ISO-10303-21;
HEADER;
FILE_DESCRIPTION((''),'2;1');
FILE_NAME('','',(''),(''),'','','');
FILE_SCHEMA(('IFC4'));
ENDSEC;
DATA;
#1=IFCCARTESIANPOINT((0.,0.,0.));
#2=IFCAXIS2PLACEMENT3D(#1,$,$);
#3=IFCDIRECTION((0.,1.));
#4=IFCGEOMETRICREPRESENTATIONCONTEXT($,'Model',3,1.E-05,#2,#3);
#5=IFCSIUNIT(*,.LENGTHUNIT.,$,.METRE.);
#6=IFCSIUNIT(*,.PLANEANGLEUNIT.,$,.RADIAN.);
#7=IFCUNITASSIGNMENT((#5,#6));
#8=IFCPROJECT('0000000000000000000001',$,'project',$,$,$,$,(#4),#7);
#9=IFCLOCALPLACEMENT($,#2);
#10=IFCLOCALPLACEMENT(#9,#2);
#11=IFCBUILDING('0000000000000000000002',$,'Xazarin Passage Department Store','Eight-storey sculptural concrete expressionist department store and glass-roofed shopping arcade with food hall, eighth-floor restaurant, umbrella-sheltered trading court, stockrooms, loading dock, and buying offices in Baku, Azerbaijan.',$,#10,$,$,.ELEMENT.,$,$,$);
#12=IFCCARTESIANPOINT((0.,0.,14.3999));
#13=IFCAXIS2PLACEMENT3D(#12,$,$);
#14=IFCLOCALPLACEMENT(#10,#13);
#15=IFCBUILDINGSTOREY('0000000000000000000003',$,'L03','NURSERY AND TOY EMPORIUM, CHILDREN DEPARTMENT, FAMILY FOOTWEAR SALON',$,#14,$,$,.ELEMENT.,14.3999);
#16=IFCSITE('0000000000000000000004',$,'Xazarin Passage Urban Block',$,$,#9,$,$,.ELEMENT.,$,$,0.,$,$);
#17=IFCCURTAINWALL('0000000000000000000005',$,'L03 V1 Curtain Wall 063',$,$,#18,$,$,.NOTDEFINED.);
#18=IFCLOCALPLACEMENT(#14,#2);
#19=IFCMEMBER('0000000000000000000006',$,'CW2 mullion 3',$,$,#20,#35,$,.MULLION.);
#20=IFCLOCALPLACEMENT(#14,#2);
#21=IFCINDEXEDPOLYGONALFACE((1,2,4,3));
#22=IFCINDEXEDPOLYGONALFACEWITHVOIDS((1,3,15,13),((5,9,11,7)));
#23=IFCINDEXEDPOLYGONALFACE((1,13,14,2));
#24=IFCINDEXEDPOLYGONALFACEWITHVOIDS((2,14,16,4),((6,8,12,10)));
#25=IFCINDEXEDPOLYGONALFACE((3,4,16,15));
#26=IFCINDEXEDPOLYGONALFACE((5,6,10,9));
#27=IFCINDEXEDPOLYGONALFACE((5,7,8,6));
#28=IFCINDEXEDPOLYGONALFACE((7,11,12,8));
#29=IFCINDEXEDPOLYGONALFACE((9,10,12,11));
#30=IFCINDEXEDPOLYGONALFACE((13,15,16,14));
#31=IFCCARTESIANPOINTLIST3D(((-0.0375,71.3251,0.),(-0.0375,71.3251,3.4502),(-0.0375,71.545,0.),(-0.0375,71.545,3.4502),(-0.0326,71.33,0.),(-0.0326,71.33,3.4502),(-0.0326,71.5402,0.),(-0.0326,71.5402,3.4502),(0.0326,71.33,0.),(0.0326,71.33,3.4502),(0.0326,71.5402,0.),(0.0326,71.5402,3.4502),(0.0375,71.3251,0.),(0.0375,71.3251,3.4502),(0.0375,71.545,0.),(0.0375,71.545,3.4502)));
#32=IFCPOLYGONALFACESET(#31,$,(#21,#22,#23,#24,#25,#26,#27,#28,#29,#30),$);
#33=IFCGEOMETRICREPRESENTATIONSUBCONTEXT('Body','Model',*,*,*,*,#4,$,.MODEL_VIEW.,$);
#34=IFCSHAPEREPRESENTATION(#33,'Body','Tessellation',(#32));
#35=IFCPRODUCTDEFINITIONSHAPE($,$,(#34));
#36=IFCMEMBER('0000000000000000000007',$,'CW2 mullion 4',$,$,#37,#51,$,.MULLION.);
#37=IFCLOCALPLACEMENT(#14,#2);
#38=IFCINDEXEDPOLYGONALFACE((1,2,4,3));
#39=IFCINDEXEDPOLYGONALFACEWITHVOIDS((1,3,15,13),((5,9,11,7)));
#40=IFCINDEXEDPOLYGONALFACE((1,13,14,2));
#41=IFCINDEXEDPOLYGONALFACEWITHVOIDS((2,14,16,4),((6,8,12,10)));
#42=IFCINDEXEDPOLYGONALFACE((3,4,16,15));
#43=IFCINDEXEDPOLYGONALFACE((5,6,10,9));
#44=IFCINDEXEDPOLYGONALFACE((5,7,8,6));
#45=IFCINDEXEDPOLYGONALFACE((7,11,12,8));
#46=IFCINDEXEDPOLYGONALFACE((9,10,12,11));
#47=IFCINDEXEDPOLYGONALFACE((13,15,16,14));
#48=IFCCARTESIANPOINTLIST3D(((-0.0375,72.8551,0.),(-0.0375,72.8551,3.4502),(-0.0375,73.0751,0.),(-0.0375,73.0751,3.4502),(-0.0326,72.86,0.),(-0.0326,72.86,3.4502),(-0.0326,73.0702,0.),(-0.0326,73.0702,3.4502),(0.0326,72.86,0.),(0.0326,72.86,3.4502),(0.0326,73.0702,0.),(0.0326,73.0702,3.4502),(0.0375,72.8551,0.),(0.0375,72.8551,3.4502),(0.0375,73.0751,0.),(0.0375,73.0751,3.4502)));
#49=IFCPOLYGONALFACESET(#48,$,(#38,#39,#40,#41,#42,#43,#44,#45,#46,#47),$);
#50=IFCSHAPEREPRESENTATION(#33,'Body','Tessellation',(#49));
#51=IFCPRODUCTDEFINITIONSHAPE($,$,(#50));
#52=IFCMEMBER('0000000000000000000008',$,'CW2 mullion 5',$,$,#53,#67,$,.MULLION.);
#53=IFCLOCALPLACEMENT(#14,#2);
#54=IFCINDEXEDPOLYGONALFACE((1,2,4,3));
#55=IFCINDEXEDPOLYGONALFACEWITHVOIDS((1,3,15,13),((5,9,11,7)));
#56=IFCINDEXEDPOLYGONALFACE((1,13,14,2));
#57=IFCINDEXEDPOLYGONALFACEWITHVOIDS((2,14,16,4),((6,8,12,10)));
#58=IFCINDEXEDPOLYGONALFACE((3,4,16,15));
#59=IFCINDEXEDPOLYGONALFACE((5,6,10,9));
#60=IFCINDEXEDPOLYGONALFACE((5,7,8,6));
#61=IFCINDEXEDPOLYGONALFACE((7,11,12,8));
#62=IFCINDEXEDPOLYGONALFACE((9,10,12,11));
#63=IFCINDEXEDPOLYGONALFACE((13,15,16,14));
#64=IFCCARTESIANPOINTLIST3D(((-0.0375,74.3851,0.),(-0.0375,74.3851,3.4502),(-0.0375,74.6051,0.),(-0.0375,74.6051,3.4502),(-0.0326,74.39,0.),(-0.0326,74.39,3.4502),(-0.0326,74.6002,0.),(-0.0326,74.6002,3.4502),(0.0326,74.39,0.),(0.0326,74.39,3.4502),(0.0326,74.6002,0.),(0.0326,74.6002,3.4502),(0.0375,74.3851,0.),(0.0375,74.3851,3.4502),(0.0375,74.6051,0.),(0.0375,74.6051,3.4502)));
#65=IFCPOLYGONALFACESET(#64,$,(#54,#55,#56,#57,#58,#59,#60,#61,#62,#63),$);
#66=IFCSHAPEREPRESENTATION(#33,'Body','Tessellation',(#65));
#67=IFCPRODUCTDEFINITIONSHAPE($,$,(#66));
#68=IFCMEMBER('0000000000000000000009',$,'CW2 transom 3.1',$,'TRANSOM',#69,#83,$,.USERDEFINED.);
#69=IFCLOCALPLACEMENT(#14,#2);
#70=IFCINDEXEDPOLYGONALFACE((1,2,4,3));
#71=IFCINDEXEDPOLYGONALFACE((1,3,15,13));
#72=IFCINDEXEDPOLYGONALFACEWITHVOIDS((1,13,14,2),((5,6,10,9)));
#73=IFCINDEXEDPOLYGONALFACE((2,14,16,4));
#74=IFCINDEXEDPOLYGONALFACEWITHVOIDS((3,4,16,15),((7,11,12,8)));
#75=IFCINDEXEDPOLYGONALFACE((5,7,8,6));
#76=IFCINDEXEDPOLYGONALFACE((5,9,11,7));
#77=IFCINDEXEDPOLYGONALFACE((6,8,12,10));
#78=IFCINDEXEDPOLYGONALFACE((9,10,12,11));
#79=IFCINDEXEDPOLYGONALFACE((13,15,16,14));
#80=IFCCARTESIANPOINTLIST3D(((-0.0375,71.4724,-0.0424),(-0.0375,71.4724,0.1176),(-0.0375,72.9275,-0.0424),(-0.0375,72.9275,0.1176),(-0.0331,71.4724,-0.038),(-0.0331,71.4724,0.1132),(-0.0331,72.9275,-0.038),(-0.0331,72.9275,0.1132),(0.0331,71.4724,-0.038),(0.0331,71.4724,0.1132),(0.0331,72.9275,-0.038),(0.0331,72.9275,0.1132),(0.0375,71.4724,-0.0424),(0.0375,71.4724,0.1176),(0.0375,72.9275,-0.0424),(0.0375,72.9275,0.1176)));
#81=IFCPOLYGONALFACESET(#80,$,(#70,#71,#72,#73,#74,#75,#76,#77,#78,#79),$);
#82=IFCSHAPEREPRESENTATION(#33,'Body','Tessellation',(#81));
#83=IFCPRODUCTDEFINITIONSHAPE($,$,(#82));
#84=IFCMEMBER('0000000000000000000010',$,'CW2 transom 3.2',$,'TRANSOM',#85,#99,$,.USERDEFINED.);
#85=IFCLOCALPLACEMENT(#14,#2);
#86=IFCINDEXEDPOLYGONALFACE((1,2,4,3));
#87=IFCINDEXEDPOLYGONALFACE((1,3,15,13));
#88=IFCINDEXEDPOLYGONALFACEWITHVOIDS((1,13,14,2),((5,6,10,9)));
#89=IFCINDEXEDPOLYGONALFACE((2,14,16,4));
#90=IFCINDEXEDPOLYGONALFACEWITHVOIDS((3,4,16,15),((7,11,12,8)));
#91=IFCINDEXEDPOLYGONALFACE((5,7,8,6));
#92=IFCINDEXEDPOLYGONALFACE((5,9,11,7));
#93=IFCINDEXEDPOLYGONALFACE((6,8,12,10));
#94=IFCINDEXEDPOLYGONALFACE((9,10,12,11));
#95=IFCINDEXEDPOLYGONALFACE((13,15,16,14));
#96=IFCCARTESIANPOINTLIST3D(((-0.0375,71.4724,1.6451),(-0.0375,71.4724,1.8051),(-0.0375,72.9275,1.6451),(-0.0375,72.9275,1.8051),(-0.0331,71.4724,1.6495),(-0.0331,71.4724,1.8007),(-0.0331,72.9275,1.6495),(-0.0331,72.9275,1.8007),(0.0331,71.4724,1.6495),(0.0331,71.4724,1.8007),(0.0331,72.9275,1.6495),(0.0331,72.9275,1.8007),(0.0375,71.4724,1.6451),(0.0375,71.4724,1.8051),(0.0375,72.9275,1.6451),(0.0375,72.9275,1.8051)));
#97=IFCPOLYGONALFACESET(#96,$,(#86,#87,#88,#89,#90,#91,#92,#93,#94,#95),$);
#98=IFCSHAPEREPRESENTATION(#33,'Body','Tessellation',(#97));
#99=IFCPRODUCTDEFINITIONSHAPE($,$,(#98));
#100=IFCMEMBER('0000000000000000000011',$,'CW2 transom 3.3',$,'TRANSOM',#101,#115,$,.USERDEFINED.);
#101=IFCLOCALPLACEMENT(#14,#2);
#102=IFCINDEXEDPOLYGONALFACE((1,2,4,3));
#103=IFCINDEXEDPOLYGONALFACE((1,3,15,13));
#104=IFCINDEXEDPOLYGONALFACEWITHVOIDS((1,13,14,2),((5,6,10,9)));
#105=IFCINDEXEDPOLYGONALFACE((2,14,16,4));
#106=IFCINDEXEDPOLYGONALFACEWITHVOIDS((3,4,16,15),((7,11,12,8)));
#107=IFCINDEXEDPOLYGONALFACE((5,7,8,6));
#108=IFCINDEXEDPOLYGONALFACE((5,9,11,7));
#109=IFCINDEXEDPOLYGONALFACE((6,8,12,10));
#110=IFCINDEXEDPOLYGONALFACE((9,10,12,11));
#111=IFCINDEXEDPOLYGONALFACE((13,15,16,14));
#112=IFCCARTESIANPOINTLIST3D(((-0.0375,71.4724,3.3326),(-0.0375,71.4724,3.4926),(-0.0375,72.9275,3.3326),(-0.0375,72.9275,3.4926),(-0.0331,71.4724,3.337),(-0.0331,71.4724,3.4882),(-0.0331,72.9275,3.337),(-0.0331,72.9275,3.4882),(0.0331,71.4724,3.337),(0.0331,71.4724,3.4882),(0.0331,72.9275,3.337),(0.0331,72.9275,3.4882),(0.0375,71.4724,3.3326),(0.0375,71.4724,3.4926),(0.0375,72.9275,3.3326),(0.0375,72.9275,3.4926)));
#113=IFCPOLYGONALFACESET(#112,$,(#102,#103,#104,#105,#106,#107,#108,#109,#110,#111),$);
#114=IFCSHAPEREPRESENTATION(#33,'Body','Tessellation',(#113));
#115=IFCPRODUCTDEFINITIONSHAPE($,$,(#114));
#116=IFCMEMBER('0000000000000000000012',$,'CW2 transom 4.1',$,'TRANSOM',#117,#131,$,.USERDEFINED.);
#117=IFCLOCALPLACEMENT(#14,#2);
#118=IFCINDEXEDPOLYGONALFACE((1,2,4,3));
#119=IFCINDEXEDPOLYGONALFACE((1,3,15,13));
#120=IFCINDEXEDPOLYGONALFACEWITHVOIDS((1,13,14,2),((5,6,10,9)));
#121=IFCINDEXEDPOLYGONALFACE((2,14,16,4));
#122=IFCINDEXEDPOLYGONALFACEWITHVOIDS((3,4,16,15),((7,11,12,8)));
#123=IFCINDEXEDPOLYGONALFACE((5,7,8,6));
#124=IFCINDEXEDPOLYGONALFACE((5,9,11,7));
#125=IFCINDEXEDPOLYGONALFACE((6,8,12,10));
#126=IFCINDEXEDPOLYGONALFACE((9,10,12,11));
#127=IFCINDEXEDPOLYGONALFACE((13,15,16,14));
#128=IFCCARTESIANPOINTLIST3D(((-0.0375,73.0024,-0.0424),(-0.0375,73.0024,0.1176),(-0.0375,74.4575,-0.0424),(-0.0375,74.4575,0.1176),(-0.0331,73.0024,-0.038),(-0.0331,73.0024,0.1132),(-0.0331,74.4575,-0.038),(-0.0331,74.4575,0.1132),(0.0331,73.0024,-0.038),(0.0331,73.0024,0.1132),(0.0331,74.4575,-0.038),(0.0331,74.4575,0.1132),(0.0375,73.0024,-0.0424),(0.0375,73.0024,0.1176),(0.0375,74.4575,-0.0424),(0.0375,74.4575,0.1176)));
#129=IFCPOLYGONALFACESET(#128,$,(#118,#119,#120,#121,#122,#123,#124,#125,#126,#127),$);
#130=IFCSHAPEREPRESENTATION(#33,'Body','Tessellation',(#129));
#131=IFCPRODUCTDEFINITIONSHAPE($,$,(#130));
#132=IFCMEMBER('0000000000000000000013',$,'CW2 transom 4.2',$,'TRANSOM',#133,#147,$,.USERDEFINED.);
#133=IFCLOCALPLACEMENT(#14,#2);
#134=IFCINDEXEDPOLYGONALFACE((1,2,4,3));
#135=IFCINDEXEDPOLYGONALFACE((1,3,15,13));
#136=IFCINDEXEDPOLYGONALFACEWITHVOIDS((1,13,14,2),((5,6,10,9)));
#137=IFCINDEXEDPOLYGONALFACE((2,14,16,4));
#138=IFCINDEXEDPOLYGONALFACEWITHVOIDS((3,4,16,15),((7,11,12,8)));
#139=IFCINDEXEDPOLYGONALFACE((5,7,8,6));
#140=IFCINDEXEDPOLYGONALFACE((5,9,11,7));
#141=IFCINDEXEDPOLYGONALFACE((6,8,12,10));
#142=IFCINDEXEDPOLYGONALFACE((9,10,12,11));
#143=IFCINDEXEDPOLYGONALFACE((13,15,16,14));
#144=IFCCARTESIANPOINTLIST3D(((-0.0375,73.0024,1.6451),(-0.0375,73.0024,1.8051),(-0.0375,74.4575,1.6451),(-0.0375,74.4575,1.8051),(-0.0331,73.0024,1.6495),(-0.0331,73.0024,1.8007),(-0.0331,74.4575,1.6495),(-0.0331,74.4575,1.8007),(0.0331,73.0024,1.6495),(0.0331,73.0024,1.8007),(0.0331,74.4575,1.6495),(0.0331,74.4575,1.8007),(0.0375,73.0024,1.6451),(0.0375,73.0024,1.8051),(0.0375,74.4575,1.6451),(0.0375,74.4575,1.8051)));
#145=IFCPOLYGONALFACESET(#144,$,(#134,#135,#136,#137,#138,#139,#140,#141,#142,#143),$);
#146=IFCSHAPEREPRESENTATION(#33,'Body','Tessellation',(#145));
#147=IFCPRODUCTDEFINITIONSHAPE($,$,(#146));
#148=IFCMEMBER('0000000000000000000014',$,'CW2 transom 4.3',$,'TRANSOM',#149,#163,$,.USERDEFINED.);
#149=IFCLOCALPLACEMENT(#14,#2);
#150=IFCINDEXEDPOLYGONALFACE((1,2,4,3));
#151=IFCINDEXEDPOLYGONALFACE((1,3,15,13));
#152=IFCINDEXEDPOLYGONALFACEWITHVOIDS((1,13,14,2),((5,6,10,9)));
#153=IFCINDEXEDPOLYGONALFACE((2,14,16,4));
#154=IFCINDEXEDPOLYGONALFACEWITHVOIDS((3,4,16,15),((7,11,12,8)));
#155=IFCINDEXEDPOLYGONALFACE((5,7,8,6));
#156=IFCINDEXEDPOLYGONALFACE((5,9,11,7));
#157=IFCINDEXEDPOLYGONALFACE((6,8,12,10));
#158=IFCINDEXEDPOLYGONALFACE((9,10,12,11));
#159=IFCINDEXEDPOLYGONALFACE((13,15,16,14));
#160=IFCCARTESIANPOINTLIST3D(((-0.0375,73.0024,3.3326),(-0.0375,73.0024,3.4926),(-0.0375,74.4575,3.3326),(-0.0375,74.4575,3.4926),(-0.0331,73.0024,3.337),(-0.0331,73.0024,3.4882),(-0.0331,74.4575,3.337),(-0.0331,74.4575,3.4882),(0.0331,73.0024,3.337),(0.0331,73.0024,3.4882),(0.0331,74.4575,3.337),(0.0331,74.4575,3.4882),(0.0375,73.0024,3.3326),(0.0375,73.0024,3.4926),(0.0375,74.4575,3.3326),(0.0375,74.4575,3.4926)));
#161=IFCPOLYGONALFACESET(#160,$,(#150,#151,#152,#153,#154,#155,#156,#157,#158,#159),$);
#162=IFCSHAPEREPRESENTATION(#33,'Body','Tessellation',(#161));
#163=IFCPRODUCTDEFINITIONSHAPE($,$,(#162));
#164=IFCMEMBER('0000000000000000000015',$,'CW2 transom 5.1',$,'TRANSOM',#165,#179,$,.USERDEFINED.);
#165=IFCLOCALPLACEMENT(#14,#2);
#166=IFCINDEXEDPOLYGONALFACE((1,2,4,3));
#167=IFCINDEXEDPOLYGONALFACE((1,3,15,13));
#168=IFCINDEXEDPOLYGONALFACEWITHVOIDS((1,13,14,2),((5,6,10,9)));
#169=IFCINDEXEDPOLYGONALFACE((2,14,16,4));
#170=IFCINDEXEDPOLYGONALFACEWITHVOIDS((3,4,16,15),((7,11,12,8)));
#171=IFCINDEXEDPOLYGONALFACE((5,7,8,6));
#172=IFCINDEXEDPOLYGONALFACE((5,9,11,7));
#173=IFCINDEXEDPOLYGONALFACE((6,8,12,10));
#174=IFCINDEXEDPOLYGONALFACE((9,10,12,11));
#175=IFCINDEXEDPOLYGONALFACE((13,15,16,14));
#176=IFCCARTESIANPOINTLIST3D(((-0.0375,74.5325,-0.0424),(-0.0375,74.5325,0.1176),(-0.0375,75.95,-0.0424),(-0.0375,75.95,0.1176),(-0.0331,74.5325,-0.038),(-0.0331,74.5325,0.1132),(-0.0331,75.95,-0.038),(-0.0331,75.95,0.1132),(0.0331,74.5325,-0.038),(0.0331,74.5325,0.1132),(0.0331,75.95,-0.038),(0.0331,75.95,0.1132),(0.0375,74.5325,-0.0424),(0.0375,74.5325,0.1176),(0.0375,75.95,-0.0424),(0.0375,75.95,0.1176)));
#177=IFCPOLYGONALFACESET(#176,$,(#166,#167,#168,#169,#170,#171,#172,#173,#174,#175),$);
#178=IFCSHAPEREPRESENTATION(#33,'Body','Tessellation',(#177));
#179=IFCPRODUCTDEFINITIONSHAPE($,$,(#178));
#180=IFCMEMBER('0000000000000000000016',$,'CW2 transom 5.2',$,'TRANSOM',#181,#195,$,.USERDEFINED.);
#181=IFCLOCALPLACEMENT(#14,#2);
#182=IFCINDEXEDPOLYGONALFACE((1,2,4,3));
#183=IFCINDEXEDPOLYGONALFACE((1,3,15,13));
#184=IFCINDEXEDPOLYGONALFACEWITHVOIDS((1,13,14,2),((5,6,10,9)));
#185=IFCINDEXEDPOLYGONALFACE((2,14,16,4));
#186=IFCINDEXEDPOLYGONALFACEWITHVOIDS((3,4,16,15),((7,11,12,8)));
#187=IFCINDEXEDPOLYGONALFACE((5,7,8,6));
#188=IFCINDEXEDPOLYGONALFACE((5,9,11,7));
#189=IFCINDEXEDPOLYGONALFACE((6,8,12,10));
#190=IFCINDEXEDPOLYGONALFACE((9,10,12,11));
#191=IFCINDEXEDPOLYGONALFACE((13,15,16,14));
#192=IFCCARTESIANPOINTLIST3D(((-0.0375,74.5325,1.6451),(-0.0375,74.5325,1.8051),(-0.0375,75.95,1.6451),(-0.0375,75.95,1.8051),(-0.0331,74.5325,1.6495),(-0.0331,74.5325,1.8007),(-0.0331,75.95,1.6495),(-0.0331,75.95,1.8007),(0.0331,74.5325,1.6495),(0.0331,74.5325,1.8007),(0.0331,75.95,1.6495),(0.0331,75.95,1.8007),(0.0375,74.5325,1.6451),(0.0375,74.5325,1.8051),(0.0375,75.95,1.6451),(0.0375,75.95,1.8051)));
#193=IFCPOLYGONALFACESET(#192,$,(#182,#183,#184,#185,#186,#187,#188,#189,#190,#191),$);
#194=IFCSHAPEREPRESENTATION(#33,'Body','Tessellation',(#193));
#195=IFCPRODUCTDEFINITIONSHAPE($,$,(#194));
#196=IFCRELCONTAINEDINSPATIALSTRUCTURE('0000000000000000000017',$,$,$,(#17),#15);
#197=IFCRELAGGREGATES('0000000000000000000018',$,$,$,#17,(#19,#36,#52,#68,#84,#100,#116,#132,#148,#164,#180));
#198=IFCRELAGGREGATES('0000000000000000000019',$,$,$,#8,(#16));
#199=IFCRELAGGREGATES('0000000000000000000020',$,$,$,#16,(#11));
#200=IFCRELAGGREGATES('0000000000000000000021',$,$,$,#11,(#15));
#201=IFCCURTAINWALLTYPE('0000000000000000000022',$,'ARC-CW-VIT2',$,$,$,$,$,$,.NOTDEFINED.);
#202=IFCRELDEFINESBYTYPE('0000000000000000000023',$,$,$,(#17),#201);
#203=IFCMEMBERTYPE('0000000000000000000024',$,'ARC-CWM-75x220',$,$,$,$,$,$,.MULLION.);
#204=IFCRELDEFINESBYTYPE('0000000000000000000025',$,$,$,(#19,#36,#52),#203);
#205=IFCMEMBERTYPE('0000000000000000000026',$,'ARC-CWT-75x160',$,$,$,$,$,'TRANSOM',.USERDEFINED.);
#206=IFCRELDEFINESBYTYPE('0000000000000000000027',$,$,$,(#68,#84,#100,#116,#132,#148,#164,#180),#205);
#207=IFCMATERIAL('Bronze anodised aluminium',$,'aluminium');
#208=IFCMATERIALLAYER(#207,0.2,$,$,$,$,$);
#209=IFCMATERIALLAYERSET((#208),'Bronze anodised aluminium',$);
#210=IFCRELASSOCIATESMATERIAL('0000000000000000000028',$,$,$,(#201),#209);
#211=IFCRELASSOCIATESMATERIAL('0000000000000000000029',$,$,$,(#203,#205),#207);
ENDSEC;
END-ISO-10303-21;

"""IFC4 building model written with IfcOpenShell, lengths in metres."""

from ifc_helpers import new_model, si_unit, direction, frame, origin, origin_2d, place, context, subcontext, project, spatial, hollow_rectangle, extrude, material, layer, layer_set, material_profile, profile_set, type_object, element, aggregate, save


model = new_model("IFC4")

# Units and contexts
model_context = context("Model", 3, precision=1e-05, world=origin(), true_north=direction((0.0, 1.0)))
body_context = subcontext(model_context, "Body", "Model", "MODEL_VIEW")
ifc_project = project(units=[si_unit("LENGTHUNIT", "METRE"), si_unit("PLANEANGLEUNIT", "RADIAN")], contexts=[model_context])

# Site, building, storey
site_placement = place(None, origin())
site = spatial("IfcSite", under=ifc_project, at=site_placement, Name="Xazarin Passage Urban Block", CompositionType="ELEMENT", RefElevation=0.0)
building_placement = place(site_placement, origin())
building = spatial("IfcBuilding", under=site, at=building_placement, Name="Xazarin Passage Department Store", Description="Eight-storey sculptural concrete expressionist department store and glass-roofed shopping arcade with food hall, eighth-floor restaurant, umbrella-sheltered trading court, stockrooms, loading dock, and buying offices in Baku, Azerbaijan.", CompositionType="ELEMENT")
storey_placement = place(building_placement, frame((0.0, 0.0, 14.3999)))
storey = spatial("IfcBuildingStorey", under=building, at=storey_placement, Name="L03", Description="NURSERY AND TOY EMPORIUM, CHILDREN DEPARTMENT, FAMILY FOOTWEAR SALON", CompositionType="ELEMENT", Elevation=14.3999)

# Curtain wall, members
ifc_material_1 = material(Name="Bronze anodised aluminium", Category="aluminium")
ifc_layer_1 = layer(ifc_material_1, 0.2)
ifc_layer_set_1 = layer_set([ifc_layer_1], Name="Bronze anodised aluminium")
curtain_wall_type = type_object("IfcCurtainWallType", Name="ARC-CW-VIT2", PredefinedType="NOTDEFINED", material=ifc_layer_set_1)
curtain_wall_placement = place(storey_placement, origin())
curtain_wall = element("IfcCurtainWall", 1, at=curtain_wall_placement, inside=storey, type_object=curtain_wall_type, Name="L03 V1 Curtain Wall 063", PredefinedType="NOTDEFINED")
ifc_material_profile_1 = material_profile(ifc_material_1, hollow_rectangle(XDim=0.075, YDim=0.22, WallThickness=0.0049, at=origin_2d()), Name="ALU 75x220")
ifc_profile_set_1 = profile_set([ifc_material_profile_1], Name="Bronze anodised aluminium")
member_type_1 = type_object("IfcMemberType", Name="ARC-CWM-75x220", PredefinedType="MULLION", material=ifc_profile_set_1)
member_1_placement = place(storey_placement, frame((0.0, 71.4351, 0.0), z_axis=(0.0, 0.0, 1.0), x_axis=(-1.0, 0.0, 0.0)))
member_1 = element("IfcMember", 2, at=member_1_placement, type_object=member_type_1, Name="CW2 mullion 3", PredefinedType="MULLION", context=body_context, shape_type="SweptSolid", body=[
    extrude(hollow_rectangle(XDim=0.075, YDim=0.22, WallThickness=0.0049, at=origin_2d()), origin(), (0.0, 0.0, 1.0), 3.4502),
])
member_2_placement = place(storey_placement, frame((0.0, 72.9651, 0.0), z_axis=(0.0, 0.0, 1.0), x_axis=(-1.0, 0.0, 0.0)))
member_2 = element("IfcMember", 3, at=member_2_placement, type_object=member_type_1, Name="CW2 mullion 4", PredefinedType="MULLION", context=body_context, shape_type="SweptSolid", body=[
    extrude(hollow_rectangle(XDim=0.075, YDim=0.22, WallThickness=0.0049, at=origin_2d()), origin(), (0.0, 0.0, 1.0), 3.4502),
])
member_3_placement = place(storey_placement, frame((0.0, 74.4951, 0.0), z_axis=(0.0, 0.0, 1.0), x_axis=(-1.0, 0.0, 0.0)))
member_3 = element("IfcMember", 4, at=member_3_placement, type_object=member_type_1, Name="CW2 mullion 5", PredefinedType="MULLION", context=body_context, shape_type="SweptSolid", body=[
    extrude(hollow_rectangle(XDim=0.075, YDim=0.22, WallThickness=0.0049, at=origin_2d()), origin(), (0.0, 0.0, 1.0), 3.4502),
])
ifc_material_profile_2 = material_profile(ifc_material_1, hollow_rectangle(XDim=0.075, YDim=0.1599, WallThickness=0.0044, at=origin_2d()), Name="ALU 75x160")
ifc_profile_set_2 = profile_set([ifc_material_profile_2], Name="Bronze anodised aluminium")
member_type_2 = type_object("IfcMemberType", Name="ARC-CWT-75x160", ElementType="TRANSOM", PredefinedType="USERDEFINED", material=ifc_profile_set_2)
member_4_placement = place(storey_placement, frame((0.0, 71.4724, 0.0376), z_axis=(0.0, 1.0, 0.0), x_axis=(-1.0, 0.0, 0.0)))
member_4 = element("IfcMember", 5, at=member_4_placement, type_object=member_type_2, Name="CW2 transom 3.1", ObjectType="TRANSOM", PredefinedType="USERDEFINED", context=body_context, shape_type="SweptSolid", body=[
    extrude(hollow_rectangle(XDim=0.075, YDim=0.1599, WallThickness=0.0044, at=origin_2d()), origin(), (0.0, 0.0, 1.0), 1.4551),
])
member_5_placement = place(storey_placement, frame((0.0, 71.4724, 1.7251), z_axis=(0.0, 1.0, 0.0), x_axis=(-1.0, 0.0, 0.0)))
member_5 = element("IfcMember", 6, at=member_5_placement, type_object=member_type_2, Name="CW2 transom 3.2", ObjectType="TRANSOM", PredefinedType="USERDEFINED", context=body_context, shape_type="SweptSolid", body=[
    extrude(hollow_rectangle(XDim=0.075, YDim=0.1599, WallThickness=0.0044, at=origin_2d()), origin(), (0.0, 0.0, 1.0), 1.4551),
])
member_6_placement = place(storey_placement, frame((0.0, 71.4724, 3.4126), z_axis=(0.0, 1.0, 0.0), x_axis=(-1.0, 0.0, 0.0)))
member_6 = element("IfcMember", 7, at=member_6_placement, type_object=member_type_2, Name="CW2 transom 3.3", ObjectType="TRANSOM", PredefinedType="USERDEFINED", context=body_context, shape_type="SweptSolid", body=[
    extrude(hollow_rectangle(XDim=0.075, YDim=0.1599, WallThickness=0.0044, at=origin_2d()), origin(), (0.0, 0.0, 1.0), 1.4551),
])
member_7_placement = place(storey_placement, frame((0.0, 73.0024, 0.0376), z_axis=(0.0, 1.0, 0.0), x_axis=(-1.0, 0.0, 0.0)))
member_7 = element("IfcMember", 8, at=member_7_placement, type_object=member_type_2, Name="CW2 transom 4.1", ObjectType="TRANSOM", PredefinedType="USERDEFINED", context=body_context, shape_type="SweptSolid", body=[
    extrude(hollow_rectangle(XDim=0.075, YDim=0.1599, WallThickness=0.0044, at=origin_2d()), origin(), (0.0, 0.0, 1.0), 1.4551),
])
member_8_placement = place(storey_placement, frame((0.0, 73.0024, 1.7251), z_axis=(0.0, 1.0, 0.0), x_axis=(-1.0, 0.0, 0.0)))
member_8 = element("IfcMember", 9, at=member_8_placement, type_object=member_type_2, Name="CW2 transom 4.2", ObjectType="TRANSOM", PredefinedType="USERDEFINED", context=body_context, shape_type="SweptSolid", body=[
    extrude(hollow_rectangle(XDim=0.075, YDim=0.1599, WallThickness=0.0044, at=origin_2d()), origin(), (0.0, 0.0, 1.0), 1.4551),
])
member_9_placement = place(storey_placement, frame((0.0, 73.0024, 3.4126), z_axis=(0.0, 1.0, 0.0), x_axis=(-1.0, 0.0, 0.0)))
member_9 = element("IfcMember", 10, at=member_9_placement, type_object=member_type_2, Name="CW2 transom 4.3", ObjectType="TRANSOM", PredefinedType="USERDEFINED", context=body_context, shape_type="SweptSolid", body=[
    extrude(hollow_rectangle(XDim=0.075, YDim=0.1599, WallThickness=0.0044, at=origin_2d()), origin(), (0.0, 0.0, 1.0), 1.4551),
])
member_10_placement = place(storey_placement, frame((0.0, 74.5325, 0.0376), z_axis=(0.0, 1.0, 0.0), x_axis=(-1.0, 0.0, 0.0)))
member_10 = element("IfcMember", 11, at=member_10_placement, type_object=member_type_2, Name="CW2 transom 5.1", ObjectType="TRANSOM", PredefinedType="USERDEFINED", context=body_context, shape_type="SweptSolid", body=[
    extrude(hollow_rectangle(XDim=0.075, YDim=0.1599, WallThickness=0.0044, at=origin_2d()), origin(), (0.0, 0.0, 1.0), 1.4175),
])
member_11_placement = place(storey_placement, frame((0.0, 74.5325, 1.7251), z_axis=(0.0, 1.0, 0.0), x_axis=(-1.0, 0.0, 0.0)))
member_11 = element("IfcMember", 12, at=member_11_placement, type_object=member_type_2, Name="CW2 transom 5.2", ObjectType="TRANSOM", PredefinedType="USERDEFINED", context=body_context, shape_type="SweptSolid", body=[
    extrude(hollow_rectangle(XDim=0.075, YDim=0.1599, WallThickness=0.0044, at=origin_2d()), origin(), (0.0, 0.0, 1.0), 1.4175),
])

aggregate(curtain_wall, [member_1, member_2, member_3, member_4, member_5, member_6, member_7, member_8, member_9, member_10, member_11])

save(model, "model.ifc")
